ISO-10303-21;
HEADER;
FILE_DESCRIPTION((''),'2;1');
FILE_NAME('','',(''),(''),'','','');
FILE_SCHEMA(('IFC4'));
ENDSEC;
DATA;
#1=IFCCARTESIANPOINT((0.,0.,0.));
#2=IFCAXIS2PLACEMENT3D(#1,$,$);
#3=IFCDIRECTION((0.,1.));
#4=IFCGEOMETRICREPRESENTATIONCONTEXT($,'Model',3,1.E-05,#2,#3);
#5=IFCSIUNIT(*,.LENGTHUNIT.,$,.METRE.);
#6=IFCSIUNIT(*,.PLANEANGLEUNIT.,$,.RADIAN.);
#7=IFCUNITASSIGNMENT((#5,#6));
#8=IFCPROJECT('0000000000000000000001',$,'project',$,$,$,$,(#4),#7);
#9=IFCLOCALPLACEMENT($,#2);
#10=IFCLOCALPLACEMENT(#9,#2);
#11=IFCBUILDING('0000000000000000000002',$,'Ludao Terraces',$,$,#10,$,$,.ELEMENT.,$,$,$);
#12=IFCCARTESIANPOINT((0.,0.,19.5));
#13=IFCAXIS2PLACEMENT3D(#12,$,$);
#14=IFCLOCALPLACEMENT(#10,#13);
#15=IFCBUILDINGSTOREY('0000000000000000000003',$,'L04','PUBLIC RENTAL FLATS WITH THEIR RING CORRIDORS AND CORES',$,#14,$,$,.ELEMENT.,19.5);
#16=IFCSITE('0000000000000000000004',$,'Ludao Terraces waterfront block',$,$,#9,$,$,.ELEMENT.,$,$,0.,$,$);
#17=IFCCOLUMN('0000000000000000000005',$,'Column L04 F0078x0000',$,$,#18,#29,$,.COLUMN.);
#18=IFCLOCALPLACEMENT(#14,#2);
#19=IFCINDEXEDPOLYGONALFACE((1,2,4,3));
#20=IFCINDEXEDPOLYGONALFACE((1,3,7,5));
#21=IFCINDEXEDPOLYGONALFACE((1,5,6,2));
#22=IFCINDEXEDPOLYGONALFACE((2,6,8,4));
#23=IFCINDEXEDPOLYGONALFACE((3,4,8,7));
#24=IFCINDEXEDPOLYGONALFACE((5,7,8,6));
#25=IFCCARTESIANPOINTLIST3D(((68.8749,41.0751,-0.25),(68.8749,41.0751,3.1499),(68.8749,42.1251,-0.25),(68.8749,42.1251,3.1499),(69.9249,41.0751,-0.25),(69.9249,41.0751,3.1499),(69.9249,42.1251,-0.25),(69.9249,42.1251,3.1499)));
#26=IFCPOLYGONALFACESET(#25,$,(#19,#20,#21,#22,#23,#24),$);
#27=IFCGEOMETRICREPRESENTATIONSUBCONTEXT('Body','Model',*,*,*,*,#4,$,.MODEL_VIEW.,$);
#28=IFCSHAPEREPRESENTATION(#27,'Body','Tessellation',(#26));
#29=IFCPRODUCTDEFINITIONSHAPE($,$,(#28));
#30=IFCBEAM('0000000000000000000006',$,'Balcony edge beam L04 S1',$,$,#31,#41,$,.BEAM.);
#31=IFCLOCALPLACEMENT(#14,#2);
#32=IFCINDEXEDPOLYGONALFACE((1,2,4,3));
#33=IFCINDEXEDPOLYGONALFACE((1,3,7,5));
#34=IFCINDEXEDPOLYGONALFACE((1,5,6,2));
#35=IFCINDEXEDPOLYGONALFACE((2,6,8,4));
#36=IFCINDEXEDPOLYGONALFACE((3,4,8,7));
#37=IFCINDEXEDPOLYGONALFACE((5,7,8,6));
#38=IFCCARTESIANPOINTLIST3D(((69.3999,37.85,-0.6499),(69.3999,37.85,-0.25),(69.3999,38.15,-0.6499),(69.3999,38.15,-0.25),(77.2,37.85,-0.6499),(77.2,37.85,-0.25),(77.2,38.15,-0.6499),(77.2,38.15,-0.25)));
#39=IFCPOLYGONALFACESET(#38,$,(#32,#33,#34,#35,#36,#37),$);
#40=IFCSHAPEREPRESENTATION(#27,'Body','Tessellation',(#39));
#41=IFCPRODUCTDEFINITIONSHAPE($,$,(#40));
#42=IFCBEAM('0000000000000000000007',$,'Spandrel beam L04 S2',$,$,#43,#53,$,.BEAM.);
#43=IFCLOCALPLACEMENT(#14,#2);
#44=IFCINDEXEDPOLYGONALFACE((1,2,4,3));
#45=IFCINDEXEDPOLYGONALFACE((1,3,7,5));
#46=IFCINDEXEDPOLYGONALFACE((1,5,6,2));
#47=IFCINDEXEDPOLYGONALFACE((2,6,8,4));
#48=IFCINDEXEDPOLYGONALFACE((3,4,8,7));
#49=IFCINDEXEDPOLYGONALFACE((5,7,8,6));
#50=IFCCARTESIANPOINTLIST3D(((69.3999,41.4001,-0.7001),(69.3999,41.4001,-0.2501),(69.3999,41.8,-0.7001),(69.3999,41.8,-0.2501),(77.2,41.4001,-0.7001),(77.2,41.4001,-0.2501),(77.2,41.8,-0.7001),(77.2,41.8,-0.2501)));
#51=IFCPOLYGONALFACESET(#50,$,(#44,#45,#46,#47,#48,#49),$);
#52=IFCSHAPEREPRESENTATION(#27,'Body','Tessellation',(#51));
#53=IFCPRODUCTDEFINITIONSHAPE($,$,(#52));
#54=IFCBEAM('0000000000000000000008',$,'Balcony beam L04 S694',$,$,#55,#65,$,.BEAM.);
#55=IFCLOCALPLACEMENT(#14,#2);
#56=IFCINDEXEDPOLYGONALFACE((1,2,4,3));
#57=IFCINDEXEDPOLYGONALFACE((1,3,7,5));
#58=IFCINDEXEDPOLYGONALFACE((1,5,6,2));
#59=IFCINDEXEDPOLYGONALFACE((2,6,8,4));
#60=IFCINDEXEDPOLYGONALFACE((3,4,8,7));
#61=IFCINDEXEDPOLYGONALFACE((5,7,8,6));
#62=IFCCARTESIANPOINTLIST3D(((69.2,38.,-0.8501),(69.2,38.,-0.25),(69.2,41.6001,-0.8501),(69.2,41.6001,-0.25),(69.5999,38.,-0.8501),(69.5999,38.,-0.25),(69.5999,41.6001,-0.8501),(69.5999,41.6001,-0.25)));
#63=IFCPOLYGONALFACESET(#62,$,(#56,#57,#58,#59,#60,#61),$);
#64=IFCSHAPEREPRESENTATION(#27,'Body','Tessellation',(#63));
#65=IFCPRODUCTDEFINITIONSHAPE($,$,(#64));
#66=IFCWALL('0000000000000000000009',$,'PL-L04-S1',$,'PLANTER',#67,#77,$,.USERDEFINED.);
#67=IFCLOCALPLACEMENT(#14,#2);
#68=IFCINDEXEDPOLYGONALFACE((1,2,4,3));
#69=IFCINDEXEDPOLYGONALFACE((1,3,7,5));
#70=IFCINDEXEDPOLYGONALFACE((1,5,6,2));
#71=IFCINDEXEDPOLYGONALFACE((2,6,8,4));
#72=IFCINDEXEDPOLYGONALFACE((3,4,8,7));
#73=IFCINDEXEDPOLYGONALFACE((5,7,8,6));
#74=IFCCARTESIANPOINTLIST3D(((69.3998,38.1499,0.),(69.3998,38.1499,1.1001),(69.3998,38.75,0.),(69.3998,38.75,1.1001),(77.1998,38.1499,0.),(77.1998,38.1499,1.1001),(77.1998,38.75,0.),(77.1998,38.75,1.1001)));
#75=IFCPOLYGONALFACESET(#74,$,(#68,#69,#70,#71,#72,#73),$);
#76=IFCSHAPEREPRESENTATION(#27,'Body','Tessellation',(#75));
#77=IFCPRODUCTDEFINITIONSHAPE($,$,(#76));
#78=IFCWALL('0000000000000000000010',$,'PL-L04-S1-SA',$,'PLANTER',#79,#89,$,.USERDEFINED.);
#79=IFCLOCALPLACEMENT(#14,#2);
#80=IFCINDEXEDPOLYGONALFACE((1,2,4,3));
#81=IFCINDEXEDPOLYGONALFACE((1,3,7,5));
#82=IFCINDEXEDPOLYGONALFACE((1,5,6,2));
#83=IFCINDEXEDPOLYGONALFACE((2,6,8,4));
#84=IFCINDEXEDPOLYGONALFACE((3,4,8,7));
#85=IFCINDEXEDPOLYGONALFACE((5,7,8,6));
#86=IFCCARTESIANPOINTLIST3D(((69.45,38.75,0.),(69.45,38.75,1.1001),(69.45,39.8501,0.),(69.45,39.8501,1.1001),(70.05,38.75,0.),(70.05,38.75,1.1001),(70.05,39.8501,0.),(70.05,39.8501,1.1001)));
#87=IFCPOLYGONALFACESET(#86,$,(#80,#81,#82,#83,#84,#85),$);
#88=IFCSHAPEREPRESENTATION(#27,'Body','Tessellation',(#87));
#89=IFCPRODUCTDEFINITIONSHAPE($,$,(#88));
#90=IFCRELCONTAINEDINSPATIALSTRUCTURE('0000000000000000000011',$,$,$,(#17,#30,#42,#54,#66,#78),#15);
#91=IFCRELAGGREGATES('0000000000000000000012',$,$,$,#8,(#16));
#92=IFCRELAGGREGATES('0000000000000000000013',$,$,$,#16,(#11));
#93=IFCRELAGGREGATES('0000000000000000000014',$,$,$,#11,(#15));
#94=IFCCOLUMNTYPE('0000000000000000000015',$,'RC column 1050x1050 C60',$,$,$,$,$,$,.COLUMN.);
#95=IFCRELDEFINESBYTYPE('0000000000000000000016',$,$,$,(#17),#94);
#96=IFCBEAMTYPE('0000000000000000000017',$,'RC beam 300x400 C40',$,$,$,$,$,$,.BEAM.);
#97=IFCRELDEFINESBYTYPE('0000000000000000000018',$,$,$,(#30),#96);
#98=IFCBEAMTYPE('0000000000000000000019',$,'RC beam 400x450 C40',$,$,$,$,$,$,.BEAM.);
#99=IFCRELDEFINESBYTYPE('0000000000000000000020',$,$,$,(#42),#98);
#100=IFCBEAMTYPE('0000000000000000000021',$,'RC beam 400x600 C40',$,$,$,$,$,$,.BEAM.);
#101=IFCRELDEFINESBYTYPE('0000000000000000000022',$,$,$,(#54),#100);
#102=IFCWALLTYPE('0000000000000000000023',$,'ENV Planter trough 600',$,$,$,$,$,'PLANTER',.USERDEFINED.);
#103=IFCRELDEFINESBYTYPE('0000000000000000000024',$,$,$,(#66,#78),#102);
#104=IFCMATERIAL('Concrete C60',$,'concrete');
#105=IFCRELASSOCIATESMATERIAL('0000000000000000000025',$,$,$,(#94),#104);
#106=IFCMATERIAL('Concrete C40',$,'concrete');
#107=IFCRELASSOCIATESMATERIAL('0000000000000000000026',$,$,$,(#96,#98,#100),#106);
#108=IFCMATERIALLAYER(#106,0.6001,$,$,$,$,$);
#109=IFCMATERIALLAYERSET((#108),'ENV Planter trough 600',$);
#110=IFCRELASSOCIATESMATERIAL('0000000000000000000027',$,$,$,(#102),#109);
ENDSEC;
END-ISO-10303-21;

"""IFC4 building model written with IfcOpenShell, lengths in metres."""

from ifc_helpers import new_model, si_unit, direction, frame, frame_2d, origin, origin_2d, place, context, subcontext, project, spatial, rectangle, extrude, material, layer, layer_set, material_profile, profile_set, type_object, element, save


model = new_model("IFC4")

# Units and contexts
model_context = context("Model", 3, precision=1e-05, world=origin(), true_north=direction((0.0, 1.0)))
body_context = subcontext(model_context, "Body", "Model", "MODEL_VIEW")
ifc_project = project(units=[si_unit("LENGTHUNIT", "METRE"), si_unit("PLANEANGLEUNIT", "RADIAN")], contexts=[model_context])

# Site, building, storey
site_placement = place(None, origin())
site = spatial("IfcSite", under=ifc_project, at=site_placement, Name="Ludao Terraces waterfront block", CompositionType="ELEMENT", RefElevation=0.0)
building_placement = place(site_placement, origin())
building = spatial("IfcBuilding", under=site, at=building_placement, Name="Ludao Terraces", CompositionType="ELEMENT")
storey_placement = place(building_placement, frame((0.0, 0.0, 19.5)))
storey = spatial("IfcBuildingStorey", under=building, at=storey_placement, Name="L04", Description="PUBLIC RENTAL FLATS WITH THEIR RING CORRIDORS AND CORES", CompositionType="ELEMENT", Elevation=19.5)

# Column
ifc_material_1 = material(Name="Concrete C60", Category="concrete")
ifc_material_profile_1 = material_profile(ifc_material_1, rectangle(XDim=1.05, YDim=1.05, at=origin_2d()), Name="1050 X 1050")
ifc_profile_set_1 = profile_set([ifc_material_profile_1], Name="Concrete C60")
column_type = type_object("IfcColumnType", Name="RC column 1050x1050 C60", PredefinedType="COLUMN", material=ifc_profile_set_1)
column_placement = place(storey_placement, frame((69.3999, 41.6001, -0.25), z_axis=(0.0, 0.0, 1.0), x_axis=(1.0, 0.0, 0.0)))
element("IfcColumn", 1, at=column_placement, inside=storey, type_object=column_type, Name="Column L04 F0078x0000", PredefinedType="COLUMN", context=body_context, shape_type="SweptSolid", body=[
    extrude(rectangle(XDim=1.05, YDim=1.05, at=origin_2d()), origin(), (0.0, 0.0, 1.0), 3.3999),
])

# Beams
ifc_material_2 = material(Name="Concrete C40", Category="concrete")
ifc_material_profile_2 = material_profile(ifc_material_2, rectangle(XDim=0.3, YDim=0.3999, at=origin_2d()), Name="300 X 400")
ifc_profile_set_2 = profile_set([ifc_material_profile_2], Name="Concrete C40")
beam_type_1 = type_object("IfcBeamType", Name="RC beam 300x400 C40", PredefinedType="BEAM", material=ifc_profile_set_2)
beam_1_placement = place(storey_placement, frame((69.3999, 38.0, -0.45), z_axis=(1.0, 0.0, 0.0), x_axis=(0.0, 1.0, 0.0)))
element("IfcBeam", 2, at=beam_1_placement, inside=storey, type_object=beam_type_1, Name="Balcony edge beam L04 S1", PredefinedType="BEAM", context=body_context, shape_type="SweptSolid", body=[
    extrude(rectangle(XDim=0.3, YDim=0.3999, at=origin_2d()), origin(), (0.0, 0.0, 1.0), 7.8),
])
ifc_material_profile_3 = material_profile(ifc_material_2, rectangle(XDim=0.3999, YDim=0.45, at=origin_2d()), Name="400 X 450")
ifc_profile_set_3 = profile_set([ifc_material_profile_3], Name="Concrete C40")
beam_type_2 = type_object("IfcBeamType", Name="RC beam 400x450 C40", PredefinedType="BEAM", material=ifc_profile_set_3)
beam_2_placement = place(storey_placement, frame((69.3999, 41.6001, -0.4751), z_axis=(1.0, 0.0, 0.0), x_axis=(0.0, 1.0, 0.0)))
element("IfcBeam", 3, at=beam_2_placement, inside=storey, type_object=beam_type_2, Name="Spandrel beam L04 S2", PredefinedType="BEAM", context=body_context, shape_type="SweptSolid", body=[
    extrude(rectangle(XDim=0.3999, YDim=0.45, at=origin_2d()), origin(), (0.0, 0.0, 1.0), 7.8),
])
ifc_material_profile_4 = material_profile(ifc_material_2, rectangle(XDim=0.3999, YDim=0.6001, at=origin_2d()), Name="400 X 600")
ifc_profile_set_4 = profile_set([ifc_material_profile_4], Name="Concrete C40")
beam_type_3 = type_object("IfcBeamType", Name="RC beam 400x600 C40", PredefinedType="BEAM", material=ifc_profile_set_4)
beam_3_placement = place(storey_placement, frame((69.3999, 41.6001, -0.55), z_axis=(0.0, -1.0, 0.0), x_axis=(1.0, 0.0, 0.0)))
element("IfcBeam", 4, at=beam_3_placement, inside=storey, type_object=beam_type_3, Name="Balcony beam L04 S694", PredefinedType="BEAM", context=body_context, shape_type="SweptSolid", body=[
    extrude(rectangle(XDim=0.3999, YDim=0.6001, at=origin_2d()), origin(), (0.0, 0.0, 1.0), 3.6001),
])

# Walls
ifc_layer = layer(ifc_material_2, 0.6001)
ifc_layer_set = layer_set([ifc_layer], Name="ENV Planter trough 600")
wall_type = type_object("IfcWallType", Name="ENV Planter trough 600", ElementType="PLANTER", PredefinedType="USERDEFINED", material=ifc_layer_set)
wall_1_placement = place(storey_placement, frame((69.3999, 38.45, 0.0), z_axis=(0.0, 0.0, 1.0), x_axis=(1.0, 0.0, 0.0)))
element("IfcWall", 5, at=wall_1_placement, inside=storey, type_object=wall_type, Name="PL-L04-S1", ObjectType="PLANTER", PredefinedType="USERDEFINED", context=body_context, shape_type="SweptSolid", body=[
    extrude(rectangle(XDim=7.8, YDim=0.6001, at=frame_2d((3.8999, 0.0))), origin(), (0.0, 0.0, 1.0), 1.1001),
])
wall_2_placement = place(storey_placement, frame((69.75, 38.75, 0.0), z_axis=(0.0, 0.0, 1.0), x_axis=(0.0, 1.0, 0.0)))
element("IfcWall", 6, at=wall_2_placement, inside=storey, type_object=wall_type, Name="PL-L04-S1-SA", ObjectType="PLANTER", PredefinedType="USERDEFINED", context=body_context, shape_type="SweptSolid", body=[
    extrude(rectangle(XDim=1.1001, YDim=0.6001, at=frame_2d((0.55, 0.0))), origin(), (0.0, 0.0, 1.0), 1.1001),
])

save(model, "model.ifc")
